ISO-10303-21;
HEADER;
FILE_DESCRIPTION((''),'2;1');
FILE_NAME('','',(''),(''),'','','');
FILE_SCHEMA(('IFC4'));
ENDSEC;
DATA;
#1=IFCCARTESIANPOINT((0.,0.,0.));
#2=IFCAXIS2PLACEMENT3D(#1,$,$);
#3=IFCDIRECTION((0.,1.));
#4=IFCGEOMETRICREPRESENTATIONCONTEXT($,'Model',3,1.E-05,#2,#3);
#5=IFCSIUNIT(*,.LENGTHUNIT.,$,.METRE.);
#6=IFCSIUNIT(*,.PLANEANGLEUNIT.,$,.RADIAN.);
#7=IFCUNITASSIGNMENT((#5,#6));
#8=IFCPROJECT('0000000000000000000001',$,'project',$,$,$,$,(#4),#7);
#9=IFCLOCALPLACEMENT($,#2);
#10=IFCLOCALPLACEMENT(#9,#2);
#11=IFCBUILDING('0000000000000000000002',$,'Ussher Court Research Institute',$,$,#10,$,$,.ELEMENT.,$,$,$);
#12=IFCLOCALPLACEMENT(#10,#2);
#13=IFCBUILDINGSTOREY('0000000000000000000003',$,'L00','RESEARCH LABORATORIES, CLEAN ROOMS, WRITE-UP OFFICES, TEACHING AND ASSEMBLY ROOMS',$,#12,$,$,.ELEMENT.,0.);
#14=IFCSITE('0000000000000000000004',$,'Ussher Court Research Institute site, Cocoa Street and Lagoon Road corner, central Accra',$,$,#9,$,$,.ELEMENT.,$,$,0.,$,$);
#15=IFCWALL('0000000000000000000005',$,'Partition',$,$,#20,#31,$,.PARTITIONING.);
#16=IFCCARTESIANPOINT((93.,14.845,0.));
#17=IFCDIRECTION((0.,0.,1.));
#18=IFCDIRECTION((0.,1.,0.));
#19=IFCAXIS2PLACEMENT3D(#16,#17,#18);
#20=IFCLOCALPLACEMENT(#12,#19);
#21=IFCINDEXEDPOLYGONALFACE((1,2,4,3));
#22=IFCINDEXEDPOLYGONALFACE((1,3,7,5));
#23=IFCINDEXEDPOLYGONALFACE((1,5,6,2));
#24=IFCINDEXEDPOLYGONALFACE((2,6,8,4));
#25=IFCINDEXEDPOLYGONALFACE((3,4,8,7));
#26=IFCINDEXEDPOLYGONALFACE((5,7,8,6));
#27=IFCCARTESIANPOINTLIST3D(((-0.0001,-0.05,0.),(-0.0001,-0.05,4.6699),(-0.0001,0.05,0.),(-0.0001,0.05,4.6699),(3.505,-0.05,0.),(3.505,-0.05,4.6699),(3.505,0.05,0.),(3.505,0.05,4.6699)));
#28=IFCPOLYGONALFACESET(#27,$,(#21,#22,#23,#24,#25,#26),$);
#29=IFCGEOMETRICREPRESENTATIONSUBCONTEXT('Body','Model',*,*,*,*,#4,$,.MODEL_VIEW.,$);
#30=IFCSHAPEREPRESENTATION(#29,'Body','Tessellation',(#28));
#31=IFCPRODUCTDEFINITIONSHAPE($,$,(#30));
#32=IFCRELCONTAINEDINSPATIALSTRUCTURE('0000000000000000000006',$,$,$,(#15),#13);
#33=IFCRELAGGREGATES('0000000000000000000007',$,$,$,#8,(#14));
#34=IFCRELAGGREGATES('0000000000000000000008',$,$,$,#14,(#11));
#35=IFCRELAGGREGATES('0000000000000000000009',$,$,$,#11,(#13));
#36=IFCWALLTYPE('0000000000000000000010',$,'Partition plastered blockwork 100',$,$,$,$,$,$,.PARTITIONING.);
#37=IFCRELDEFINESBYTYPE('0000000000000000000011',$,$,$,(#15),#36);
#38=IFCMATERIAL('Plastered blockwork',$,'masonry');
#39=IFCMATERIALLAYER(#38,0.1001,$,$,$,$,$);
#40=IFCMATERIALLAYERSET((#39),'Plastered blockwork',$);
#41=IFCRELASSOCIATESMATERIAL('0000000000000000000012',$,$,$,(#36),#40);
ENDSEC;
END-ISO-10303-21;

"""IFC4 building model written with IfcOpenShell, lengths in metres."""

from ifc_helpers import new_model, si_unit, direction, frame, frame_2d, origin, place, context, subcontext, project, spatial, rectangle, extrude, material, layer, layer_set, type_object, element, save


model = new_model("IFC4")

# Units and contexts
model_context = context("Model", 3, precision=1e-05, world=origin(), true_north=direction((0.0, 1.0)))
body_context = subcontext(model_context, "Body", "Model", "MODEL_VIEW")
ifc_project = project(units=[si_unit("LENGTHUNIT", "METRE"), si_unit("PLANEANGLEUNIT", "RADIAN")], contexts=[model_context])

# Site, building, storey
site_placement = place(None, origin())
site = spatial("IfcSite", under=ifc_project, at=site_placement, Name="Ussher Court Research Institute site, Cocoa Street and Lagoon Road corner, central Accra", CompositionType="ELEMENT", RefElevation=0.0)
building_placement = place(site_placement, origin())
building = spatial("IfcBuilding", under=site, at=building_placement, Name="Ussher Court Research Institute", CompositionType="ELEMENT")
storey_placement = place(building_placement, origin())
storey = spatial("IfcBuildingStorey", under=building, at=storey_placement, Name="L00", Description="RESEARCH LABORATORIES, CLEAN ROOMS, WRITE-UP OFFICES, TEACHING AND ASSEMBLY ROOMS", CompositionType="ELEMENT", Elevation=0.0)

# Wall
ifc_material_1 = material(Name="Plastered blockwork", Category="masonry")
ifc_layer_1 = layer(ifc_material_1, 0.1001)
ifc_layer_set_1 = layer_set([ifc_layer_1], Name="Plastered blockwork")
wall_type_1 = type_object("IfcWallType", Name="Partition plastered blockwork 100", PredefinedType="PARTITIONING", material=ifc_layer_set_1)
wall_1_placement = place(storey_placement, frame((93.0, 14.845, 0.0), z_axis=(0.0, 0.0, 1.0), x_axis=(0.0, 1.0, 0.0)))
element("IfcWall", 1, at=wall_1_placement, inside=storey, type_object=wall_type_1, Name="Partition", PredefinedType="PARTITIONING", context=body_context, shape_type="SweptSolid", body=[
    extrude(rectangle(XDim=3.5051, YDim=0.1001, at=frame_2d((1.7524, 0.0))), origin(), (0.0, 0.0, 1.0), 4.6699),
])

save(model, "model.ifc")
